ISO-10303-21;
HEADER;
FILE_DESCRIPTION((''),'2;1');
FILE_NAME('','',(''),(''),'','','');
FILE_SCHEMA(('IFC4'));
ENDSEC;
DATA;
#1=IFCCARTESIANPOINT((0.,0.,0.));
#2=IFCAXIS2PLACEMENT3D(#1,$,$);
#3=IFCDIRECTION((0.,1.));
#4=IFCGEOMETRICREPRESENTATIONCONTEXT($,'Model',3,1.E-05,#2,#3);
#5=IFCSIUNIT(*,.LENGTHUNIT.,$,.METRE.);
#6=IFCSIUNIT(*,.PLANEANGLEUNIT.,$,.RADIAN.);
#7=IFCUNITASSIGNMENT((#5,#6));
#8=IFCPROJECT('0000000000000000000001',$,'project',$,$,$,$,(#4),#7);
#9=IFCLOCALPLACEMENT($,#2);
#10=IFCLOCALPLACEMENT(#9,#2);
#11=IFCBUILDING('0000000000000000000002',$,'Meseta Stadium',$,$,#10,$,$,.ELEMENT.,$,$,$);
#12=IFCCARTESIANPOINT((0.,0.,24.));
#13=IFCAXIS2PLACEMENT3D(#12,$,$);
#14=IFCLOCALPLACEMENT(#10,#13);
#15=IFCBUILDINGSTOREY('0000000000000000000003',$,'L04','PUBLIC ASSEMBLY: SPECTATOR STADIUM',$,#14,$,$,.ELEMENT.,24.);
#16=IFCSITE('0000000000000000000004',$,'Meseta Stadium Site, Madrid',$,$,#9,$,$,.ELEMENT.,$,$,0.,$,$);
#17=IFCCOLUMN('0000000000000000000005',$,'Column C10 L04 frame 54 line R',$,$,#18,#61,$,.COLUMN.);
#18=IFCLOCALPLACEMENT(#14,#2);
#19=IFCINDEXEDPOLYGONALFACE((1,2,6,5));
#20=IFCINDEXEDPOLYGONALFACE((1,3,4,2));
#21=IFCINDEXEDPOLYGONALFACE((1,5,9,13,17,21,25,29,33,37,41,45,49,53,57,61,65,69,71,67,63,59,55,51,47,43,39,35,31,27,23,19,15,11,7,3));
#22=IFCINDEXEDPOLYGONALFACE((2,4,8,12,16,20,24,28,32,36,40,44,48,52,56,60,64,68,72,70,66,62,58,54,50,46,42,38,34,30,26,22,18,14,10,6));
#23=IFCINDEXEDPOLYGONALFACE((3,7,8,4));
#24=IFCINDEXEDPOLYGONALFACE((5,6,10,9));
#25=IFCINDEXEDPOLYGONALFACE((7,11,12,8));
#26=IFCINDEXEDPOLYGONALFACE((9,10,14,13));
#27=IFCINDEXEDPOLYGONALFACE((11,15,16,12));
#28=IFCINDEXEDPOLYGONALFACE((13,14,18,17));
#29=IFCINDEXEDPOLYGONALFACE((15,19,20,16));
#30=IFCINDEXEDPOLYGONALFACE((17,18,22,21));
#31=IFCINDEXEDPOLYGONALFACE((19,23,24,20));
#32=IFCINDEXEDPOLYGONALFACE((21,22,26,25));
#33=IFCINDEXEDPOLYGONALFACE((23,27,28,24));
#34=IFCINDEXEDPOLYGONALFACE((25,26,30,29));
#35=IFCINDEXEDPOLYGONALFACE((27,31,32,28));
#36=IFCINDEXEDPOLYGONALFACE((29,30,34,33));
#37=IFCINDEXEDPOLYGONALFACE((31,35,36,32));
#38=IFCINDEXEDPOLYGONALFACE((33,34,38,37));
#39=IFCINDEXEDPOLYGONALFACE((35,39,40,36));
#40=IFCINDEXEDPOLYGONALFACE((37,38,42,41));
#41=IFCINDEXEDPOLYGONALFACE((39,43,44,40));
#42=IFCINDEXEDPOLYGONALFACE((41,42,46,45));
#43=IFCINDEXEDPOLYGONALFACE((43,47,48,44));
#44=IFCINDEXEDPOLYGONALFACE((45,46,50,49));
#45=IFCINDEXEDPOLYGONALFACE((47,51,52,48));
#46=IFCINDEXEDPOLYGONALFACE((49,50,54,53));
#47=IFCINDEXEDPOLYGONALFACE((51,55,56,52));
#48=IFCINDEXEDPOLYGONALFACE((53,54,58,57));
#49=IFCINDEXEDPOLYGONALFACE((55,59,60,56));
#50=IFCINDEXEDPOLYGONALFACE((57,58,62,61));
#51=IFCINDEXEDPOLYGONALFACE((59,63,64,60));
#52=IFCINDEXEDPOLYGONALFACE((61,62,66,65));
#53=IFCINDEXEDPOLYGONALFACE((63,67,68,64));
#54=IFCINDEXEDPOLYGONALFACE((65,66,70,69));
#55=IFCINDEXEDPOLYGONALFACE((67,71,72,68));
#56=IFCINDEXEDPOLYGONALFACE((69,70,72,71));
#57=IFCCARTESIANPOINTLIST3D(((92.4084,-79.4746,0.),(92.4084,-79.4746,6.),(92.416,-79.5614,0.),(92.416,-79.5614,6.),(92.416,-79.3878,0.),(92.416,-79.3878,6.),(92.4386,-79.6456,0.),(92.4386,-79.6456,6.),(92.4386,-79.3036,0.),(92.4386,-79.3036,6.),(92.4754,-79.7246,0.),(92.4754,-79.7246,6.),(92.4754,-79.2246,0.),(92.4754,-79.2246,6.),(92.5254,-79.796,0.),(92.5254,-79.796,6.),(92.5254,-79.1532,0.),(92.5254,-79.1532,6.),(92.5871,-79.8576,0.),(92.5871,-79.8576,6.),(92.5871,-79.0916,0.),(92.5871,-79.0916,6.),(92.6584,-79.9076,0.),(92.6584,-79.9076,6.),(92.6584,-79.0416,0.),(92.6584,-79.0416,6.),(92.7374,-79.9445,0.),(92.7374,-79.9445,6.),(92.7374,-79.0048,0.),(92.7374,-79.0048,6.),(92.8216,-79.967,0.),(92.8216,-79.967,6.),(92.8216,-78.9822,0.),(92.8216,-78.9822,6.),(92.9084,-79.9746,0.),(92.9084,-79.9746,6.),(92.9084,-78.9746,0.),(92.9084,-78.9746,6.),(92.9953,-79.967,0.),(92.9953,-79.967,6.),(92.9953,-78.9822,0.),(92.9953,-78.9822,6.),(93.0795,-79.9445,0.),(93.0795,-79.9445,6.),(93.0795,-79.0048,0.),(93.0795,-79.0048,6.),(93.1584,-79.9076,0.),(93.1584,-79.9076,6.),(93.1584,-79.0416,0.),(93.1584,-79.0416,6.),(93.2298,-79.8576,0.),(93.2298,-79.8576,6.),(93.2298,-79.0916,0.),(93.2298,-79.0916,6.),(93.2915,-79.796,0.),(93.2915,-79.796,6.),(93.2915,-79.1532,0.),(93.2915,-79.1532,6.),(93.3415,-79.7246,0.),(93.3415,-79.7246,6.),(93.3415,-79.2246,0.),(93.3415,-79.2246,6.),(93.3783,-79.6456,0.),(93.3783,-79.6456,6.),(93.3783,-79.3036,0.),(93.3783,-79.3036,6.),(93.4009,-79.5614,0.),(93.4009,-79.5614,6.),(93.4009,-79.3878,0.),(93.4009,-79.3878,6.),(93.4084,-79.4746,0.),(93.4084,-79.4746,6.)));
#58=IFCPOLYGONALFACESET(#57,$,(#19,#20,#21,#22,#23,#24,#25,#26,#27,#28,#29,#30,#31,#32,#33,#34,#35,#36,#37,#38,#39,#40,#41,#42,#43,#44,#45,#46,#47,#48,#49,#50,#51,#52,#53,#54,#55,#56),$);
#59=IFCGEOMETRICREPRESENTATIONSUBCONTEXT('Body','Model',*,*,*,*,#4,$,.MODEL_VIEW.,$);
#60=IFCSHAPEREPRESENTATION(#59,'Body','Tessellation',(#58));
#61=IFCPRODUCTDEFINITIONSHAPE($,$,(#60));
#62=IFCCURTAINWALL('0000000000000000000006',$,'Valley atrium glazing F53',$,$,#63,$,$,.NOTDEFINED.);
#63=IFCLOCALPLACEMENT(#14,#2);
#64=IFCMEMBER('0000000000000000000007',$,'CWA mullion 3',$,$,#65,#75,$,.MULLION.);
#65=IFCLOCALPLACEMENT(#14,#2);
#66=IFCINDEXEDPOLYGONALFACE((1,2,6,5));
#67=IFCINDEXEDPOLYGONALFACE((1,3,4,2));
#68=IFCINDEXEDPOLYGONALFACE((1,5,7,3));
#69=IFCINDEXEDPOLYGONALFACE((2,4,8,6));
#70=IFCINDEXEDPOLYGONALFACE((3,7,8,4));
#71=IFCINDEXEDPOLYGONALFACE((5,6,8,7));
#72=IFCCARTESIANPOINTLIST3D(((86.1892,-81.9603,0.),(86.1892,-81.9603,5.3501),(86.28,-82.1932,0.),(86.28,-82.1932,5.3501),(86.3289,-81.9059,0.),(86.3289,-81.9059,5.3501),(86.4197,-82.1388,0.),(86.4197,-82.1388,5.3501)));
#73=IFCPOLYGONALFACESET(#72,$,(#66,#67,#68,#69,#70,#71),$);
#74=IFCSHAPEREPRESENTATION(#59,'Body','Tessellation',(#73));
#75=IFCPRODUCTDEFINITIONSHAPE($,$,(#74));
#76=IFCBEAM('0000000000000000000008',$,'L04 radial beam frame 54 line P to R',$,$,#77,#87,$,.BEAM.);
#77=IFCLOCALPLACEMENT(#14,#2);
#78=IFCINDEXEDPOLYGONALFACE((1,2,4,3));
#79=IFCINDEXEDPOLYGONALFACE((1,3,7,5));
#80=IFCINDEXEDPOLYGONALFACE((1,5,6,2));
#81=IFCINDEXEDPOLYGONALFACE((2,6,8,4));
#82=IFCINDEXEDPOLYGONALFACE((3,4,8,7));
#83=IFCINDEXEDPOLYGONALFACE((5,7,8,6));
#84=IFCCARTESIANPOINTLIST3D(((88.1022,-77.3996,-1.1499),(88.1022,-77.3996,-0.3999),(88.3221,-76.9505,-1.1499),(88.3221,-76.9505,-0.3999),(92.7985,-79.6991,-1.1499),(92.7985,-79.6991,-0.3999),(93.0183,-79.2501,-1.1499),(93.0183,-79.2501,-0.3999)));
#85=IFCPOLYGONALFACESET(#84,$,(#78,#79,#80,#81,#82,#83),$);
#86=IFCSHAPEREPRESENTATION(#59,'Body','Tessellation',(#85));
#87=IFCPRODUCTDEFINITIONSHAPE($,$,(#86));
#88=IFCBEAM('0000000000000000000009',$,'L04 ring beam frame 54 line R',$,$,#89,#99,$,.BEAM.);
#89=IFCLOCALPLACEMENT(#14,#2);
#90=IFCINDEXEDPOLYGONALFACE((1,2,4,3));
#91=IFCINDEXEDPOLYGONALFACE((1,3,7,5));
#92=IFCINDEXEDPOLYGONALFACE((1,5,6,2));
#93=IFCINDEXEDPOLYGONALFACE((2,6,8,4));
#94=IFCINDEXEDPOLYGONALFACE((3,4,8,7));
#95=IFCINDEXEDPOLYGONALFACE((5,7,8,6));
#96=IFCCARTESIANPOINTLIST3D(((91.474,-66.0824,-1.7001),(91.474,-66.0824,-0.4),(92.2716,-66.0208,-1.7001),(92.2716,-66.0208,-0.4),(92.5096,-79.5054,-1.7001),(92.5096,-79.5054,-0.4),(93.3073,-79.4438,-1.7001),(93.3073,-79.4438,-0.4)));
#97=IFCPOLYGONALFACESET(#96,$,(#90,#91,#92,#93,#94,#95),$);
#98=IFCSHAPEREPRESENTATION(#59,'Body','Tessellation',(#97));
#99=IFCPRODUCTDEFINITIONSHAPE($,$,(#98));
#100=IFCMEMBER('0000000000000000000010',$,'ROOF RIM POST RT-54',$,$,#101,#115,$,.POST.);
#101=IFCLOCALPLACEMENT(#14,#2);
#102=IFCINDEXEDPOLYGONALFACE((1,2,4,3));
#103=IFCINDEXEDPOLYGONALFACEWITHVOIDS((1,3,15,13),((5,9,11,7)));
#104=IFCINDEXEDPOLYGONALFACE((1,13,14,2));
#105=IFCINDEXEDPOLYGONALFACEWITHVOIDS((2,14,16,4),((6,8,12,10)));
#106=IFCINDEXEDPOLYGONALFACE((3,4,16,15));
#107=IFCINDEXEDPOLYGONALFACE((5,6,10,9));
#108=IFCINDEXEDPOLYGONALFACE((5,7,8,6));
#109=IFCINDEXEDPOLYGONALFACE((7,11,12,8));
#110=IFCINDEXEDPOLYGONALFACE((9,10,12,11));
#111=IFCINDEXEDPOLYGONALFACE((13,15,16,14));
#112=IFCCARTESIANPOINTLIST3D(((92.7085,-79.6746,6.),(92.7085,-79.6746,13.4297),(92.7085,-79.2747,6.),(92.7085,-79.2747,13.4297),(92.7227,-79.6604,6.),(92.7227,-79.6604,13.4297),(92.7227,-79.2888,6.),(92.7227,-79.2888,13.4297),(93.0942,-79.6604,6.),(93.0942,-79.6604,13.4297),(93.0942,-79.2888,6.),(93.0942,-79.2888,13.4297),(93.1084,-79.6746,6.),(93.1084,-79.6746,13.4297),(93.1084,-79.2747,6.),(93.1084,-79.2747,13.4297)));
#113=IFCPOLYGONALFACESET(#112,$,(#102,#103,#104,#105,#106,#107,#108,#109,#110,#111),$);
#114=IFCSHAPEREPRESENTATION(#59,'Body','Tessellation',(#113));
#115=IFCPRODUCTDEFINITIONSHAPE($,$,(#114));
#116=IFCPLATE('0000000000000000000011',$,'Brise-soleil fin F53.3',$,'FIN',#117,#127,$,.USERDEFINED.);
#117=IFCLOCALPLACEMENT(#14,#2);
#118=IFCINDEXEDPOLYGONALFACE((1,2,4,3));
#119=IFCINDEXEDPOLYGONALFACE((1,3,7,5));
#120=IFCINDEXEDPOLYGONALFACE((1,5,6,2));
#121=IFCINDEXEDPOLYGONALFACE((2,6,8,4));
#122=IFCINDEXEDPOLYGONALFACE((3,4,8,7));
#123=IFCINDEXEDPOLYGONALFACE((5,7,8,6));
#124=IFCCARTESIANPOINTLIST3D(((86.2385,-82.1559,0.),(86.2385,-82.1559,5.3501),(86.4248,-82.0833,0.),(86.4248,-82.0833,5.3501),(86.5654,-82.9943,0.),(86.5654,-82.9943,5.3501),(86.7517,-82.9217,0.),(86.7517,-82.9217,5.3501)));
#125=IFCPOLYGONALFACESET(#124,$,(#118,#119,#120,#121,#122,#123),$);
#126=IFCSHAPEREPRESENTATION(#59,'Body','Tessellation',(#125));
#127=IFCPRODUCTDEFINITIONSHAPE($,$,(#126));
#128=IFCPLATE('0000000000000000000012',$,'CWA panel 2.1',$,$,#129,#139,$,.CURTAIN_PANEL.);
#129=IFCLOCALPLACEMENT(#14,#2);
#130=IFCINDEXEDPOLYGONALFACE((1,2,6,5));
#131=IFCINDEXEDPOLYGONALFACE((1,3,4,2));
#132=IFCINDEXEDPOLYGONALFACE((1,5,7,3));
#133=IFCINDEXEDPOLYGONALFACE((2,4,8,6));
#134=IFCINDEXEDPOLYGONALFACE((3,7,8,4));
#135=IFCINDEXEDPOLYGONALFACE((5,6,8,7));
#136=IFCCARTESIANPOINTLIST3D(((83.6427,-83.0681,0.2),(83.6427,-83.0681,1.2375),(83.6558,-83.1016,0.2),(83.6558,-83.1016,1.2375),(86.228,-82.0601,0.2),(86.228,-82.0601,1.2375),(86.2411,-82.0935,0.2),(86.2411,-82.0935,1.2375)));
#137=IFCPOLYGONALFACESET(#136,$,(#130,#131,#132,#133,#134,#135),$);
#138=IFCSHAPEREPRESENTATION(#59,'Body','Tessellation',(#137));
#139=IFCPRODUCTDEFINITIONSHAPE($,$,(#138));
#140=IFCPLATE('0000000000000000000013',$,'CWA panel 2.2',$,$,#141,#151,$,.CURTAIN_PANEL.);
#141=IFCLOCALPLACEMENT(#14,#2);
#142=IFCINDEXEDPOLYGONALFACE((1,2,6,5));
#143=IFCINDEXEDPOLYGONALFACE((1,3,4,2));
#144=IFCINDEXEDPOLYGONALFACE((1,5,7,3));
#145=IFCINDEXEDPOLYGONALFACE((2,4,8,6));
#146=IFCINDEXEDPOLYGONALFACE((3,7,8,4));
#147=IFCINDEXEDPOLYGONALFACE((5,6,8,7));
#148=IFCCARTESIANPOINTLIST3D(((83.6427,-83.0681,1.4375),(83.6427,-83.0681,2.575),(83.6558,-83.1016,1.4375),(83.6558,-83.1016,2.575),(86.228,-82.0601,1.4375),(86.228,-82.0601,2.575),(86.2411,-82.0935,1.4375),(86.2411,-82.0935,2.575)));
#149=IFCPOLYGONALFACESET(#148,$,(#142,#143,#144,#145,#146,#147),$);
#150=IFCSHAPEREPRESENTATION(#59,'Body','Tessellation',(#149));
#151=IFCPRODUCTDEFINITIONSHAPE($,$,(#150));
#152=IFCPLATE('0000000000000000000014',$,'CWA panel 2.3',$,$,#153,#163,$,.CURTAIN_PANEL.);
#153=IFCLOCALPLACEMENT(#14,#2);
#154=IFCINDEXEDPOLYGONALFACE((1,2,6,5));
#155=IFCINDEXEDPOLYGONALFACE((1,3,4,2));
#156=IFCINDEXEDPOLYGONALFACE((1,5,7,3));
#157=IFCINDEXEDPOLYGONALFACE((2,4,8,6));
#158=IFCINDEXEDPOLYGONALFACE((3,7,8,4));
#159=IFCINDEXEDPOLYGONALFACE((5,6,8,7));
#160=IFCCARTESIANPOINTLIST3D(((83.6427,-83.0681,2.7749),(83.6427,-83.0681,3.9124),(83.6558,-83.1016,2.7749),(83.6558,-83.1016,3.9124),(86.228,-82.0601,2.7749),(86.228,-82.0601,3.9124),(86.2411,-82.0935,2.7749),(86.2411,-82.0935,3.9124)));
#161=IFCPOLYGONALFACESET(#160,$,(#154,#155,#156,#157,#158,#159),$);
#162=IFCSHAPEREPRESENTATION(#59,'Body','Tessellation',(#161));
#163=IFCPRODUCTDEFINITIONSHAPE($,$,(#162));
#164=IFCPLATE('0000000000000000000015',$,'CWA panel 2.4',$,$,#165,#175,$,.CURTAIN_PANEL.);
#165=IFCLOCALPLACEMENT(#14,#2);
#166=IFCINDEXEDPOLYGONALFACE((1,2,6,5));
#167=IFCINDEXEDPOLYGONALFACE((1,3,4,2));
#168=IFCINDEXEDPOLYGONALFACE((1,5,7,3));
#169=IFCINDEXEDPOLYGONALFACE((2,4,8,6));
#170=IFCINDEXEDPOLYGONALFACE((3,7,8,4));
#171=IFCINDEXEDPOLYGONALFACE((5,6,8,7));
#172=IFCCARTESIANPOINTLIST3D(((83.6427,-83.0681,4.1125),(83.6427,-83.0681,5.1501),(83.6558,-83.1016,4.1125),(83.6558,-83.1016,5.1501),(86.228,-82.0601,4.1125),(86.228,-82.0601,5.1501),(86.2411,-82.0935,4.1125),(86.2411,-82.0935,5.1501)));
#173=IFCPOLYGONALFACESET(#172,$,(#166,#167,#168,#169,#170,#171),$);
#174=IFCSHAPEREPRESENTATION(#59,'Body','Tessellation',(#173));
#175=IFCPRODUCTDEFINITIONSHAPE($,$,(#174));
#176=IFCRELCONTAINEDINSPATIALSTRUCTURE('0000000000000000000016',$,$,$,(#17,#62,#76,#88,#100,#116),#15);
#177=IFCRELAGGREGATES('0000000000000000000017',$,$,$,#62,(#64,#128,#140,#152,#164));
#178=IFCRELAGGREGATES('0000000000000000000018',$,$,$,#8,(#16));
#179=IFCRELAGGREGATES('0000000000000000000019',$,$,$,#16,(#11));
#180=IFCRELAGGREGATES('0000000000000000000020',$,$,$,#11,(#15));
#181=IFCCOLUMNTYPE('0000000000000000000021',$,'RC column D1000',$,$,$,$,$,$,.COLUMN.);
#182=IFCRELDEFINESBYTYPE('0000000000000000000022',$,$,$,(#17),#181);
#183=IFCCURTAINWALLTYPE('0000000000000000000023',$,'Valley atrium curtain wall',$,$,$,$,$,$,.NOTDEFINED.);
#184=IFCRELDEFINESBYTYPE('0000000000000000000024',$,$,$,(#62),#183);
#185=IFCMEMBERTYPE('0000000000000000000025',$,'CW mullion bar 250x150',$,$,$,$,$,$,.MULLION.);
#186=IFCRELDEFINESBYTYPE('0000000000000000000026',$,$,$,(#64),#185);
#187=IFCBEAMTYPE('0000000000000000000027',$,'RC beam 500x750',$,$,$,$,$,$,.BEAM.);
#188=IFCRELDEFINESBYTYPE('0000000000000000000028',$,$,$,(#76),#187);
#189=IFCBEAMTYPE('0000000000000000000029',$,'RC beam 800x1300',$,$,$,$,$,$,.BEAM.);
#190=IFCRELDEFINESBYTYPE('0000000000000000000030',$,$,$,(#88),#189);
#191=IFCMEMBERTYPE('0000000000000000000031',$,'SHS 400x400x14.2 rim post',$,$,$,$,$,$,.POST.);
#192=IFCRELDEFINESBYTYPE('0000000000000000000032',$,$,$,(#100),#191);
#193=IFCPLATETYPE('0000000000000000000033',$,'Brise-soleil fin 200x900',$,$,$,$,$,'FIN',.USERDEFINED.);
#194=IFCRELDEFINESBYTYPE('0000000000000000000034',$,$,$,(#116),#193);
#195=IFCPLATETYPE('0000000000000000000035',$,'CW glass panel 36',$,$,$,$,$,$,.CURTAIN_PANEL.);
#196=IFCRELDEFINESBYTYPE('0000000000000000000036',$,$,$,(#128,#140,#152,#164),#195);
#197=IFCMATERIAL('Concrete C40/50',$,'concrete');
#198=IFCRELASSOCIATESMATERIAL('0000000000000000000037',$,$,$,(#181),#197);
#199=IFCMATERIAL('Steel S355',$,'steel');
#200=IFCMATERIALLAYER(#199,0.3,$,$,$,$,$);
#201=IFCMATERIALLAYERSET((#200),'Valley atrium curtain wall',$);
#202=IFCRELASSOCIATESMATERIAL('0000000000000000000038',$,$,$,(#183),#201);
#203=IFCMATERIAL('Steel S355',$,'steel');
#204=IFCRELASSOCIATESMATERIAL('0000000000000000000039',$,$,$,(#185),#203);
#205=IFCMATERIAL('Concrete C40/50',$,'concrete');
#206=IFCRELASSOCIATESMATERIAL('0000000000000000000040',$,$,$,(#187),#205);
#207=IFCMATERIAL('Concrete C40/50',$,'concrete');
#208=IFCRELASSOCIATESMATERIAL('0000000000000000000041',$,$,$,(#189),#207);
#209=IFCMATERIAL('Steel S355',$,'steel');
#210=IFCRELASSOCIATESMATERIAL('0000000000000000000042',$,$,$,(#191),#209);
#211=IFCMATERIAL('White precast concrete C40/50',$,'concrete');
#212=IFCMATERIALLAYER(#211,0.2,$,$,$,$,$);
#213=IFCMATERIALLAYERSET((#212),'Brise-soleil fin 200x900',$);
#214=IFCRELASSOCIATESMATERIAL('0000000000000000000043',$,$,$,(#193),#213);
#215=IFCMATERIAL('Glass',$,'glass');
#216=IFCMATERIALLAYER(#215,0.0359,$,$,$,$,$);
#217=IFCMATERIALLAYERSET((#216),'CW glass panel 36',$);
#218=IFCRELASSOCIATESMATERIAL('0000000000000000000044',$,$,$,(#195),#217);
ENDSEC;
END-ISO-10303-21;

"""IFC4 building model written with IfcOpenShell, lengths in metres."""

from ifc_helpers import new_model, si_unit, direction, frame, origin, origin_2d, place, context, subcontext, project, spatial, rectangle, hollow_rectangle, circle, extrude, material, layer, layer_set, material_profile, profile_set, type_object, element, aggregate, save


model = new_model("IFC4")

# Units and contexts
model_context = context("Model", 3, precision=1e-05, world=origin(), true_north=direction((0.0, 1.0)))
body_context = subcontext(model_context, "Body", "Model", "MODEL_VIEW")
ifc_project = project(units=[si_unit("LENGTHUNIT", "METRE"), si_unit("PLANEANGLEUNIT", "RADIAN")], contexts=[model_context])

# Site, building, storey
site_placement = place(None, origin())
site = spatial("IfcSite", under=ifc_project, at=site_placement, Name="Meseta Stadium Site, Madrid", CompositionType="ELEMENT", RefElevation=0.0)
building_placement = place(site_placement, origin())
building = spatial("IfcBuilding", under=site, at=building_placement, Name="Meseta Stadium", CompositionType="ELEMENT")
storey_placement = place(building_placement, frame((0.0, 0.0, 24.0)))
storey = spatial("IfcBuildingStorey", under=building, at=storey_placement, Name="L04", Description="PUBLIC ASSEMBLY: SPECTATOR STADIUM", CompositionType="ELEMENT", Elevation=24.0)

# Column
ifc_material_1 = material(Name="Concrete C40/50", Category="concrete")
ifc_material_profile_1 = material_profile(ifc_material_1, circle(Radius=0.5, at=origin_2d()), Name="RC D1000")
ifc_profile_set_1 = profile_set([ifc_material_profile_1], Name="Concrete C40/50")
column_type = type_object("IfcColumnType", Name="RC column D1000", PredefinedType="COLUMN", material=ifc_profile_set_1)
column_placement = place(storey_placement, frame((92.9084, -79.4746, 0.0), z_axis=(0.0, 0.0, 1.0), x_axis=(1.0, 0.0, 0.0)))
element("IfcColumn", 1, at=column_placement, inside=storey, type_object=column_type, Name="Column C10 L04 frame 54 line R", PredefinedType="COLUMN", context=body_context, shape_type="SweptSolid", body=[
    extrude(circle(Radius=0.5, at=origin_2d()), origin(), (0.0, 0.0, 1.0), 6.0),
])

# Curtain wall, member
ifc_material_2 = material(Name="Steel S355", Category="steel")
ifc_layer_1 = layer(ifc_material_2, 0.3)
ifc_layer_set_1 = layer_set([ifc_layer_1], Name="Valley atrium curtain wall")
curtain_wall_type = type_object("IfcCurtainWallType", Name="Valley atrium curtain wall", PredefinedType="NOTDEFINED", material=ifc_layer_set_1)
curtain_wall_placement = place(storey_placement, origin())
curtain_wall = element("IfcCurtainWall", 2, at=curtain_wall_placement, inside=storey, type_object=curtain_wall_type, Name="Valley atrium glazing F53", PredefinedType="NOTDEFINED")
ifc_material_3 = material(Name="Steel S355", Category="steel")
ifc_material_profile_2 = material_profile(ifc_material_3, rectangle(XDim=0.25, YDim=0.1499, at=origin_2d()), Name="CW 250x150")
ifc_profile_set_2 = profile_set([ifc_material_profile_2], Name="Steel S355")
member_type_1 = type_object("IfcMemberType", Name="CW mullion bar 250x150", PredefinedType="MULLION", material=ifc_profile_set_2)
member_1_placement = place(storey_placement, frame((86.3044, -82.0496, 0.0), z_axis=(0.0, 0.0, 1.0), x_axis=(-0.36328, 0.93168, 0.0)))
member_1 = element("IfcMember", 3, at=member_1_placement, type_object=member_type_1, Name="CWA mullion 3", PredefinedType="MULLION", context=body_context, shape_type="SweptSolid", body=[
    extrude(rectangle(XDim=0.25, YDim=0.1499, at=origin_2d()), origin(), (0.0, 0.0, 1.0), 5.3501),
])

# Beams
ifc_material_4 = material(Name="Concrete C40/50", Category="concrete")
ifc_material_profile_3 = material_profile(ifc_material_4, rectangle(XDim=0.5, YDim=0.75, at=origin_2d()), Name="RC 500x750")
ifc_profile_set_3 = profile_set([ifc_material_profile_3], Name="Concrete C40/50")
beam_type_1 = type_object("IfcBeamType", Name="RC beam 500x750", PredefinedType="BEAM", material=ifc_profile_set_3)
beam_1_placement = place(storey_placement, frame((88.2122, -77.175, -0.7749), z_axis=(0.898113, -0.439765, 0.0), x_axis=(0.439765, 0.898113, 0.0)))
element("IfcBeam", 4, at=beam_1_placement, inside=storey, type_object=beam_type_1, Name="L04 radial beam frame 54 line P to R", PredefinedType="BEAM", context=body_context, shape_type="SweptSolid", body=[
    extrude(rectangle(XDim=0.5, YDim=0.75, at=origin_2d()), origin(), (0.0, 0.0, 1.0), 5.229),
])
ifc_material_5 = material(Name="Concrete C40/50", Category="concrete")
ifc_material_profile_4 = material_profile(ifc_material_5, rectangle(XDim=0.8, YDim=1.3, at=origin_2d()), Name="RC 800x1300")
ifc_profile_set_4 = profile_set([ifc_material_profile_4], Name="Concrete C40/50")
beam_type_2 = type_object("IfcBeamType", Name="RC beam 800x1300", PredefinedType="BEAM", material=ifc_profile_set_4)
beam_2_placement = place(storey_placement, frame((92.9084, -79.4746, -1.05), z_axis=(-0.076925, 0.997037, 0.0), x_axis=(-0.997037, -0.076925, 0.0)))
element("IfcBeam", 5, at=beam_2_placement, inside=storey, type_object=beam_type_2, Name="L04 ring beam frame 54 line R", PredefinedType="BEAM", context=body_context, shape_type="SweptSolid", body=[
    extrude(rectangle(XDim=0.8, YDim=1.3, at=origin_2d()), origin(), (0.0, 0.0, 1.0), 13.4629),
])

# Member
ifc_material_6 = material(Name="Steel S355", Category="steel")
ifc_material_profile_5 = material_profile(ifc_material_6, hollow_rectangle(XDim=0.3999, YDim=0.3999, WallThickness=0.0142, at=origin_2d()), Name="SHS 400x400x14.2")
ifc_profile_set_5 = profile_set([ifc_material_profile_5], Name="Steel S355")
member_type_2 = type_object("IfcMemberType", Name="SHS 400x400x14.2 rim post", PredefinedType="POST", material=ifc_profile_set_5)
member_2_placement = place(storey_placement, frame((92.9084, -79.4746, 6.0), z_axis=(0.0, 0.0, 1.0), x_axis=(1.0, 0.0, 0.0)))
element("IfcMember", 6, at=member_2_placement, inside=storey, type_object=member_type_2, Name="ROOF RIM POST RT-54", PredefinedType="POST", context=body_context, shape_type="SweptSolid", body=[
    extrude(hollow_rectangle(XDim=0.3999, YDim=0.3999, WallThickness=0.0142, at=origin_2d()), origin(), (0.0, 0.0, 1.0), 7.4297),
])

# Plates
ifc_material_7 = material(Name="White precast concrete C40/50", Category="concrete")
ifc_layer_2 = layer(ifc_material_7, 0.2)
ifc_layer_set_2 = layer_set([ifc_layer_2], Name="Brise-soleil fin 200x900")
plate_type_1 = type_object("IfcPlateType", Name="Brise-soleil fin 200x900", ElementType="FIN", PredefinedType="USERDEFINED", material=ifc_layer_set_2)
plate_1_placement = place(storey_placement, frame((86.4951, -82.5388, 0.0), z_axis=(0.0, 0.0, 1.0), x_axis=(0.93168, 0.36328, 0.0)))
element("IfcPlate", 7, at=plate_1_placement, inside=storey, type_object=plate_type_1, Name="Brise-soleil fin F53.3", ObjectType="FIN", PredefinedType="USERDEFINED", context=body_context, shape_type="SweptSolid", body=[
    extrude(rectangle(XDim=0.2, YDim=0.8999, at=origin_2d()), origin(), (0.0, 0.0, 1.0), 5.3501),
])
ifc_material_8 = material(Name="Glass", Category="glass")
ifc_layer_3 = layer(ifc_material_8, 0.0359)
ifc_layer_set_3 = layer_set([ifc_layer_3], Name="CW glass panel 36")
plate_type_2 = type_object("IfcPlateType", Name="CW glass panel 36", PredefinedType="CURTAIN_PANEL", material=ifc_layer_set_3)
plate_2_placement = place(storey_placement, frame((84.9419, -82.5808, 0.2), z_axis=(0.0, 0.0, 1.0), x_axis=(0.93168, 0.36328, 0.0)))
plate_2 = element("IfcPlate", 8, at=plate_2_placement, type_object=plate_type_2, Name="CWA panel 2.1", PredefinedType="CURTAIN_PANEL", context=body_context, shape_type="SweptSolid", body=[
    extrude(rectangle(XDim=2.7749, YDim=0.0359, at=origin_2d()), origin(), (0.0, 0.0, 1.0), 1.0376),
])
plate_3_placement = place(storey_placement, frame((84.9419, -82.5808, 1.4375), z_axis=(0.0, 0.0, 1.0), x_axis=(0.93168, 0.36328, 0.0)))
plate_3 = element("IfcPlate", 9, at=plate_3_placement, type_object=plate_type_2, Name="CWA panel 2.2", PredefinedType="CURTAIN_PANEL", context=body_context, shape_type="SweptSolid", body=[
    extrude(rectangle(XDim=2.7749, YDim=0.0359, at=origin_2d()), origin(), (0.0, 0.0, 1.0), 1.1375),
])
plate_4_placement = place(storey_placement, frame((84.9419, -82.5808, 2.7749), z_axis=(0.0, 0.0, 1.0), x_axis=(0.93168, 0.36328, 0.0)))
plate_4 = element("IfcPlate", 10, at=plate_4_placement, type_object=plate_type_2, Name="CWA panel 2.3", PredefinedType="CURTAIN_PANEL", context=body_context, shape_type="SweptSolid", body=[
    extrude(rectangle(XDim=2.7749, YDim=0.0359, at=origin_2d()), origin(), (0.0, 0.0, 1.0), 1.1375),
])
plate_5_placement = place(storey_placement, frame((84.9419, -82.5808, 4.1125), z_axis=(0.0, 0.0, 1.0), x_axis=(0.93168, 0.36328, 0.0)))
plate_5 = element("IfcPlate", 11, at=plate_5_placement, type_object=plate_type_2, Name="CWA panel 2.4", PredefinedType="CURTAIN_PANEL", context=body_context, shape_type="SweptSolid", body=[
    extrude(rectangle(XDim=2.7749, YDim=0.0359, at=origin_2d()), origin(), (0.0, 0.0, 1.0), 1.0376),
])
aggregate(curtain_wall, [member_1, plate_2, plate_3, plate_4, plate_5])

save(model, "model.ifc")
